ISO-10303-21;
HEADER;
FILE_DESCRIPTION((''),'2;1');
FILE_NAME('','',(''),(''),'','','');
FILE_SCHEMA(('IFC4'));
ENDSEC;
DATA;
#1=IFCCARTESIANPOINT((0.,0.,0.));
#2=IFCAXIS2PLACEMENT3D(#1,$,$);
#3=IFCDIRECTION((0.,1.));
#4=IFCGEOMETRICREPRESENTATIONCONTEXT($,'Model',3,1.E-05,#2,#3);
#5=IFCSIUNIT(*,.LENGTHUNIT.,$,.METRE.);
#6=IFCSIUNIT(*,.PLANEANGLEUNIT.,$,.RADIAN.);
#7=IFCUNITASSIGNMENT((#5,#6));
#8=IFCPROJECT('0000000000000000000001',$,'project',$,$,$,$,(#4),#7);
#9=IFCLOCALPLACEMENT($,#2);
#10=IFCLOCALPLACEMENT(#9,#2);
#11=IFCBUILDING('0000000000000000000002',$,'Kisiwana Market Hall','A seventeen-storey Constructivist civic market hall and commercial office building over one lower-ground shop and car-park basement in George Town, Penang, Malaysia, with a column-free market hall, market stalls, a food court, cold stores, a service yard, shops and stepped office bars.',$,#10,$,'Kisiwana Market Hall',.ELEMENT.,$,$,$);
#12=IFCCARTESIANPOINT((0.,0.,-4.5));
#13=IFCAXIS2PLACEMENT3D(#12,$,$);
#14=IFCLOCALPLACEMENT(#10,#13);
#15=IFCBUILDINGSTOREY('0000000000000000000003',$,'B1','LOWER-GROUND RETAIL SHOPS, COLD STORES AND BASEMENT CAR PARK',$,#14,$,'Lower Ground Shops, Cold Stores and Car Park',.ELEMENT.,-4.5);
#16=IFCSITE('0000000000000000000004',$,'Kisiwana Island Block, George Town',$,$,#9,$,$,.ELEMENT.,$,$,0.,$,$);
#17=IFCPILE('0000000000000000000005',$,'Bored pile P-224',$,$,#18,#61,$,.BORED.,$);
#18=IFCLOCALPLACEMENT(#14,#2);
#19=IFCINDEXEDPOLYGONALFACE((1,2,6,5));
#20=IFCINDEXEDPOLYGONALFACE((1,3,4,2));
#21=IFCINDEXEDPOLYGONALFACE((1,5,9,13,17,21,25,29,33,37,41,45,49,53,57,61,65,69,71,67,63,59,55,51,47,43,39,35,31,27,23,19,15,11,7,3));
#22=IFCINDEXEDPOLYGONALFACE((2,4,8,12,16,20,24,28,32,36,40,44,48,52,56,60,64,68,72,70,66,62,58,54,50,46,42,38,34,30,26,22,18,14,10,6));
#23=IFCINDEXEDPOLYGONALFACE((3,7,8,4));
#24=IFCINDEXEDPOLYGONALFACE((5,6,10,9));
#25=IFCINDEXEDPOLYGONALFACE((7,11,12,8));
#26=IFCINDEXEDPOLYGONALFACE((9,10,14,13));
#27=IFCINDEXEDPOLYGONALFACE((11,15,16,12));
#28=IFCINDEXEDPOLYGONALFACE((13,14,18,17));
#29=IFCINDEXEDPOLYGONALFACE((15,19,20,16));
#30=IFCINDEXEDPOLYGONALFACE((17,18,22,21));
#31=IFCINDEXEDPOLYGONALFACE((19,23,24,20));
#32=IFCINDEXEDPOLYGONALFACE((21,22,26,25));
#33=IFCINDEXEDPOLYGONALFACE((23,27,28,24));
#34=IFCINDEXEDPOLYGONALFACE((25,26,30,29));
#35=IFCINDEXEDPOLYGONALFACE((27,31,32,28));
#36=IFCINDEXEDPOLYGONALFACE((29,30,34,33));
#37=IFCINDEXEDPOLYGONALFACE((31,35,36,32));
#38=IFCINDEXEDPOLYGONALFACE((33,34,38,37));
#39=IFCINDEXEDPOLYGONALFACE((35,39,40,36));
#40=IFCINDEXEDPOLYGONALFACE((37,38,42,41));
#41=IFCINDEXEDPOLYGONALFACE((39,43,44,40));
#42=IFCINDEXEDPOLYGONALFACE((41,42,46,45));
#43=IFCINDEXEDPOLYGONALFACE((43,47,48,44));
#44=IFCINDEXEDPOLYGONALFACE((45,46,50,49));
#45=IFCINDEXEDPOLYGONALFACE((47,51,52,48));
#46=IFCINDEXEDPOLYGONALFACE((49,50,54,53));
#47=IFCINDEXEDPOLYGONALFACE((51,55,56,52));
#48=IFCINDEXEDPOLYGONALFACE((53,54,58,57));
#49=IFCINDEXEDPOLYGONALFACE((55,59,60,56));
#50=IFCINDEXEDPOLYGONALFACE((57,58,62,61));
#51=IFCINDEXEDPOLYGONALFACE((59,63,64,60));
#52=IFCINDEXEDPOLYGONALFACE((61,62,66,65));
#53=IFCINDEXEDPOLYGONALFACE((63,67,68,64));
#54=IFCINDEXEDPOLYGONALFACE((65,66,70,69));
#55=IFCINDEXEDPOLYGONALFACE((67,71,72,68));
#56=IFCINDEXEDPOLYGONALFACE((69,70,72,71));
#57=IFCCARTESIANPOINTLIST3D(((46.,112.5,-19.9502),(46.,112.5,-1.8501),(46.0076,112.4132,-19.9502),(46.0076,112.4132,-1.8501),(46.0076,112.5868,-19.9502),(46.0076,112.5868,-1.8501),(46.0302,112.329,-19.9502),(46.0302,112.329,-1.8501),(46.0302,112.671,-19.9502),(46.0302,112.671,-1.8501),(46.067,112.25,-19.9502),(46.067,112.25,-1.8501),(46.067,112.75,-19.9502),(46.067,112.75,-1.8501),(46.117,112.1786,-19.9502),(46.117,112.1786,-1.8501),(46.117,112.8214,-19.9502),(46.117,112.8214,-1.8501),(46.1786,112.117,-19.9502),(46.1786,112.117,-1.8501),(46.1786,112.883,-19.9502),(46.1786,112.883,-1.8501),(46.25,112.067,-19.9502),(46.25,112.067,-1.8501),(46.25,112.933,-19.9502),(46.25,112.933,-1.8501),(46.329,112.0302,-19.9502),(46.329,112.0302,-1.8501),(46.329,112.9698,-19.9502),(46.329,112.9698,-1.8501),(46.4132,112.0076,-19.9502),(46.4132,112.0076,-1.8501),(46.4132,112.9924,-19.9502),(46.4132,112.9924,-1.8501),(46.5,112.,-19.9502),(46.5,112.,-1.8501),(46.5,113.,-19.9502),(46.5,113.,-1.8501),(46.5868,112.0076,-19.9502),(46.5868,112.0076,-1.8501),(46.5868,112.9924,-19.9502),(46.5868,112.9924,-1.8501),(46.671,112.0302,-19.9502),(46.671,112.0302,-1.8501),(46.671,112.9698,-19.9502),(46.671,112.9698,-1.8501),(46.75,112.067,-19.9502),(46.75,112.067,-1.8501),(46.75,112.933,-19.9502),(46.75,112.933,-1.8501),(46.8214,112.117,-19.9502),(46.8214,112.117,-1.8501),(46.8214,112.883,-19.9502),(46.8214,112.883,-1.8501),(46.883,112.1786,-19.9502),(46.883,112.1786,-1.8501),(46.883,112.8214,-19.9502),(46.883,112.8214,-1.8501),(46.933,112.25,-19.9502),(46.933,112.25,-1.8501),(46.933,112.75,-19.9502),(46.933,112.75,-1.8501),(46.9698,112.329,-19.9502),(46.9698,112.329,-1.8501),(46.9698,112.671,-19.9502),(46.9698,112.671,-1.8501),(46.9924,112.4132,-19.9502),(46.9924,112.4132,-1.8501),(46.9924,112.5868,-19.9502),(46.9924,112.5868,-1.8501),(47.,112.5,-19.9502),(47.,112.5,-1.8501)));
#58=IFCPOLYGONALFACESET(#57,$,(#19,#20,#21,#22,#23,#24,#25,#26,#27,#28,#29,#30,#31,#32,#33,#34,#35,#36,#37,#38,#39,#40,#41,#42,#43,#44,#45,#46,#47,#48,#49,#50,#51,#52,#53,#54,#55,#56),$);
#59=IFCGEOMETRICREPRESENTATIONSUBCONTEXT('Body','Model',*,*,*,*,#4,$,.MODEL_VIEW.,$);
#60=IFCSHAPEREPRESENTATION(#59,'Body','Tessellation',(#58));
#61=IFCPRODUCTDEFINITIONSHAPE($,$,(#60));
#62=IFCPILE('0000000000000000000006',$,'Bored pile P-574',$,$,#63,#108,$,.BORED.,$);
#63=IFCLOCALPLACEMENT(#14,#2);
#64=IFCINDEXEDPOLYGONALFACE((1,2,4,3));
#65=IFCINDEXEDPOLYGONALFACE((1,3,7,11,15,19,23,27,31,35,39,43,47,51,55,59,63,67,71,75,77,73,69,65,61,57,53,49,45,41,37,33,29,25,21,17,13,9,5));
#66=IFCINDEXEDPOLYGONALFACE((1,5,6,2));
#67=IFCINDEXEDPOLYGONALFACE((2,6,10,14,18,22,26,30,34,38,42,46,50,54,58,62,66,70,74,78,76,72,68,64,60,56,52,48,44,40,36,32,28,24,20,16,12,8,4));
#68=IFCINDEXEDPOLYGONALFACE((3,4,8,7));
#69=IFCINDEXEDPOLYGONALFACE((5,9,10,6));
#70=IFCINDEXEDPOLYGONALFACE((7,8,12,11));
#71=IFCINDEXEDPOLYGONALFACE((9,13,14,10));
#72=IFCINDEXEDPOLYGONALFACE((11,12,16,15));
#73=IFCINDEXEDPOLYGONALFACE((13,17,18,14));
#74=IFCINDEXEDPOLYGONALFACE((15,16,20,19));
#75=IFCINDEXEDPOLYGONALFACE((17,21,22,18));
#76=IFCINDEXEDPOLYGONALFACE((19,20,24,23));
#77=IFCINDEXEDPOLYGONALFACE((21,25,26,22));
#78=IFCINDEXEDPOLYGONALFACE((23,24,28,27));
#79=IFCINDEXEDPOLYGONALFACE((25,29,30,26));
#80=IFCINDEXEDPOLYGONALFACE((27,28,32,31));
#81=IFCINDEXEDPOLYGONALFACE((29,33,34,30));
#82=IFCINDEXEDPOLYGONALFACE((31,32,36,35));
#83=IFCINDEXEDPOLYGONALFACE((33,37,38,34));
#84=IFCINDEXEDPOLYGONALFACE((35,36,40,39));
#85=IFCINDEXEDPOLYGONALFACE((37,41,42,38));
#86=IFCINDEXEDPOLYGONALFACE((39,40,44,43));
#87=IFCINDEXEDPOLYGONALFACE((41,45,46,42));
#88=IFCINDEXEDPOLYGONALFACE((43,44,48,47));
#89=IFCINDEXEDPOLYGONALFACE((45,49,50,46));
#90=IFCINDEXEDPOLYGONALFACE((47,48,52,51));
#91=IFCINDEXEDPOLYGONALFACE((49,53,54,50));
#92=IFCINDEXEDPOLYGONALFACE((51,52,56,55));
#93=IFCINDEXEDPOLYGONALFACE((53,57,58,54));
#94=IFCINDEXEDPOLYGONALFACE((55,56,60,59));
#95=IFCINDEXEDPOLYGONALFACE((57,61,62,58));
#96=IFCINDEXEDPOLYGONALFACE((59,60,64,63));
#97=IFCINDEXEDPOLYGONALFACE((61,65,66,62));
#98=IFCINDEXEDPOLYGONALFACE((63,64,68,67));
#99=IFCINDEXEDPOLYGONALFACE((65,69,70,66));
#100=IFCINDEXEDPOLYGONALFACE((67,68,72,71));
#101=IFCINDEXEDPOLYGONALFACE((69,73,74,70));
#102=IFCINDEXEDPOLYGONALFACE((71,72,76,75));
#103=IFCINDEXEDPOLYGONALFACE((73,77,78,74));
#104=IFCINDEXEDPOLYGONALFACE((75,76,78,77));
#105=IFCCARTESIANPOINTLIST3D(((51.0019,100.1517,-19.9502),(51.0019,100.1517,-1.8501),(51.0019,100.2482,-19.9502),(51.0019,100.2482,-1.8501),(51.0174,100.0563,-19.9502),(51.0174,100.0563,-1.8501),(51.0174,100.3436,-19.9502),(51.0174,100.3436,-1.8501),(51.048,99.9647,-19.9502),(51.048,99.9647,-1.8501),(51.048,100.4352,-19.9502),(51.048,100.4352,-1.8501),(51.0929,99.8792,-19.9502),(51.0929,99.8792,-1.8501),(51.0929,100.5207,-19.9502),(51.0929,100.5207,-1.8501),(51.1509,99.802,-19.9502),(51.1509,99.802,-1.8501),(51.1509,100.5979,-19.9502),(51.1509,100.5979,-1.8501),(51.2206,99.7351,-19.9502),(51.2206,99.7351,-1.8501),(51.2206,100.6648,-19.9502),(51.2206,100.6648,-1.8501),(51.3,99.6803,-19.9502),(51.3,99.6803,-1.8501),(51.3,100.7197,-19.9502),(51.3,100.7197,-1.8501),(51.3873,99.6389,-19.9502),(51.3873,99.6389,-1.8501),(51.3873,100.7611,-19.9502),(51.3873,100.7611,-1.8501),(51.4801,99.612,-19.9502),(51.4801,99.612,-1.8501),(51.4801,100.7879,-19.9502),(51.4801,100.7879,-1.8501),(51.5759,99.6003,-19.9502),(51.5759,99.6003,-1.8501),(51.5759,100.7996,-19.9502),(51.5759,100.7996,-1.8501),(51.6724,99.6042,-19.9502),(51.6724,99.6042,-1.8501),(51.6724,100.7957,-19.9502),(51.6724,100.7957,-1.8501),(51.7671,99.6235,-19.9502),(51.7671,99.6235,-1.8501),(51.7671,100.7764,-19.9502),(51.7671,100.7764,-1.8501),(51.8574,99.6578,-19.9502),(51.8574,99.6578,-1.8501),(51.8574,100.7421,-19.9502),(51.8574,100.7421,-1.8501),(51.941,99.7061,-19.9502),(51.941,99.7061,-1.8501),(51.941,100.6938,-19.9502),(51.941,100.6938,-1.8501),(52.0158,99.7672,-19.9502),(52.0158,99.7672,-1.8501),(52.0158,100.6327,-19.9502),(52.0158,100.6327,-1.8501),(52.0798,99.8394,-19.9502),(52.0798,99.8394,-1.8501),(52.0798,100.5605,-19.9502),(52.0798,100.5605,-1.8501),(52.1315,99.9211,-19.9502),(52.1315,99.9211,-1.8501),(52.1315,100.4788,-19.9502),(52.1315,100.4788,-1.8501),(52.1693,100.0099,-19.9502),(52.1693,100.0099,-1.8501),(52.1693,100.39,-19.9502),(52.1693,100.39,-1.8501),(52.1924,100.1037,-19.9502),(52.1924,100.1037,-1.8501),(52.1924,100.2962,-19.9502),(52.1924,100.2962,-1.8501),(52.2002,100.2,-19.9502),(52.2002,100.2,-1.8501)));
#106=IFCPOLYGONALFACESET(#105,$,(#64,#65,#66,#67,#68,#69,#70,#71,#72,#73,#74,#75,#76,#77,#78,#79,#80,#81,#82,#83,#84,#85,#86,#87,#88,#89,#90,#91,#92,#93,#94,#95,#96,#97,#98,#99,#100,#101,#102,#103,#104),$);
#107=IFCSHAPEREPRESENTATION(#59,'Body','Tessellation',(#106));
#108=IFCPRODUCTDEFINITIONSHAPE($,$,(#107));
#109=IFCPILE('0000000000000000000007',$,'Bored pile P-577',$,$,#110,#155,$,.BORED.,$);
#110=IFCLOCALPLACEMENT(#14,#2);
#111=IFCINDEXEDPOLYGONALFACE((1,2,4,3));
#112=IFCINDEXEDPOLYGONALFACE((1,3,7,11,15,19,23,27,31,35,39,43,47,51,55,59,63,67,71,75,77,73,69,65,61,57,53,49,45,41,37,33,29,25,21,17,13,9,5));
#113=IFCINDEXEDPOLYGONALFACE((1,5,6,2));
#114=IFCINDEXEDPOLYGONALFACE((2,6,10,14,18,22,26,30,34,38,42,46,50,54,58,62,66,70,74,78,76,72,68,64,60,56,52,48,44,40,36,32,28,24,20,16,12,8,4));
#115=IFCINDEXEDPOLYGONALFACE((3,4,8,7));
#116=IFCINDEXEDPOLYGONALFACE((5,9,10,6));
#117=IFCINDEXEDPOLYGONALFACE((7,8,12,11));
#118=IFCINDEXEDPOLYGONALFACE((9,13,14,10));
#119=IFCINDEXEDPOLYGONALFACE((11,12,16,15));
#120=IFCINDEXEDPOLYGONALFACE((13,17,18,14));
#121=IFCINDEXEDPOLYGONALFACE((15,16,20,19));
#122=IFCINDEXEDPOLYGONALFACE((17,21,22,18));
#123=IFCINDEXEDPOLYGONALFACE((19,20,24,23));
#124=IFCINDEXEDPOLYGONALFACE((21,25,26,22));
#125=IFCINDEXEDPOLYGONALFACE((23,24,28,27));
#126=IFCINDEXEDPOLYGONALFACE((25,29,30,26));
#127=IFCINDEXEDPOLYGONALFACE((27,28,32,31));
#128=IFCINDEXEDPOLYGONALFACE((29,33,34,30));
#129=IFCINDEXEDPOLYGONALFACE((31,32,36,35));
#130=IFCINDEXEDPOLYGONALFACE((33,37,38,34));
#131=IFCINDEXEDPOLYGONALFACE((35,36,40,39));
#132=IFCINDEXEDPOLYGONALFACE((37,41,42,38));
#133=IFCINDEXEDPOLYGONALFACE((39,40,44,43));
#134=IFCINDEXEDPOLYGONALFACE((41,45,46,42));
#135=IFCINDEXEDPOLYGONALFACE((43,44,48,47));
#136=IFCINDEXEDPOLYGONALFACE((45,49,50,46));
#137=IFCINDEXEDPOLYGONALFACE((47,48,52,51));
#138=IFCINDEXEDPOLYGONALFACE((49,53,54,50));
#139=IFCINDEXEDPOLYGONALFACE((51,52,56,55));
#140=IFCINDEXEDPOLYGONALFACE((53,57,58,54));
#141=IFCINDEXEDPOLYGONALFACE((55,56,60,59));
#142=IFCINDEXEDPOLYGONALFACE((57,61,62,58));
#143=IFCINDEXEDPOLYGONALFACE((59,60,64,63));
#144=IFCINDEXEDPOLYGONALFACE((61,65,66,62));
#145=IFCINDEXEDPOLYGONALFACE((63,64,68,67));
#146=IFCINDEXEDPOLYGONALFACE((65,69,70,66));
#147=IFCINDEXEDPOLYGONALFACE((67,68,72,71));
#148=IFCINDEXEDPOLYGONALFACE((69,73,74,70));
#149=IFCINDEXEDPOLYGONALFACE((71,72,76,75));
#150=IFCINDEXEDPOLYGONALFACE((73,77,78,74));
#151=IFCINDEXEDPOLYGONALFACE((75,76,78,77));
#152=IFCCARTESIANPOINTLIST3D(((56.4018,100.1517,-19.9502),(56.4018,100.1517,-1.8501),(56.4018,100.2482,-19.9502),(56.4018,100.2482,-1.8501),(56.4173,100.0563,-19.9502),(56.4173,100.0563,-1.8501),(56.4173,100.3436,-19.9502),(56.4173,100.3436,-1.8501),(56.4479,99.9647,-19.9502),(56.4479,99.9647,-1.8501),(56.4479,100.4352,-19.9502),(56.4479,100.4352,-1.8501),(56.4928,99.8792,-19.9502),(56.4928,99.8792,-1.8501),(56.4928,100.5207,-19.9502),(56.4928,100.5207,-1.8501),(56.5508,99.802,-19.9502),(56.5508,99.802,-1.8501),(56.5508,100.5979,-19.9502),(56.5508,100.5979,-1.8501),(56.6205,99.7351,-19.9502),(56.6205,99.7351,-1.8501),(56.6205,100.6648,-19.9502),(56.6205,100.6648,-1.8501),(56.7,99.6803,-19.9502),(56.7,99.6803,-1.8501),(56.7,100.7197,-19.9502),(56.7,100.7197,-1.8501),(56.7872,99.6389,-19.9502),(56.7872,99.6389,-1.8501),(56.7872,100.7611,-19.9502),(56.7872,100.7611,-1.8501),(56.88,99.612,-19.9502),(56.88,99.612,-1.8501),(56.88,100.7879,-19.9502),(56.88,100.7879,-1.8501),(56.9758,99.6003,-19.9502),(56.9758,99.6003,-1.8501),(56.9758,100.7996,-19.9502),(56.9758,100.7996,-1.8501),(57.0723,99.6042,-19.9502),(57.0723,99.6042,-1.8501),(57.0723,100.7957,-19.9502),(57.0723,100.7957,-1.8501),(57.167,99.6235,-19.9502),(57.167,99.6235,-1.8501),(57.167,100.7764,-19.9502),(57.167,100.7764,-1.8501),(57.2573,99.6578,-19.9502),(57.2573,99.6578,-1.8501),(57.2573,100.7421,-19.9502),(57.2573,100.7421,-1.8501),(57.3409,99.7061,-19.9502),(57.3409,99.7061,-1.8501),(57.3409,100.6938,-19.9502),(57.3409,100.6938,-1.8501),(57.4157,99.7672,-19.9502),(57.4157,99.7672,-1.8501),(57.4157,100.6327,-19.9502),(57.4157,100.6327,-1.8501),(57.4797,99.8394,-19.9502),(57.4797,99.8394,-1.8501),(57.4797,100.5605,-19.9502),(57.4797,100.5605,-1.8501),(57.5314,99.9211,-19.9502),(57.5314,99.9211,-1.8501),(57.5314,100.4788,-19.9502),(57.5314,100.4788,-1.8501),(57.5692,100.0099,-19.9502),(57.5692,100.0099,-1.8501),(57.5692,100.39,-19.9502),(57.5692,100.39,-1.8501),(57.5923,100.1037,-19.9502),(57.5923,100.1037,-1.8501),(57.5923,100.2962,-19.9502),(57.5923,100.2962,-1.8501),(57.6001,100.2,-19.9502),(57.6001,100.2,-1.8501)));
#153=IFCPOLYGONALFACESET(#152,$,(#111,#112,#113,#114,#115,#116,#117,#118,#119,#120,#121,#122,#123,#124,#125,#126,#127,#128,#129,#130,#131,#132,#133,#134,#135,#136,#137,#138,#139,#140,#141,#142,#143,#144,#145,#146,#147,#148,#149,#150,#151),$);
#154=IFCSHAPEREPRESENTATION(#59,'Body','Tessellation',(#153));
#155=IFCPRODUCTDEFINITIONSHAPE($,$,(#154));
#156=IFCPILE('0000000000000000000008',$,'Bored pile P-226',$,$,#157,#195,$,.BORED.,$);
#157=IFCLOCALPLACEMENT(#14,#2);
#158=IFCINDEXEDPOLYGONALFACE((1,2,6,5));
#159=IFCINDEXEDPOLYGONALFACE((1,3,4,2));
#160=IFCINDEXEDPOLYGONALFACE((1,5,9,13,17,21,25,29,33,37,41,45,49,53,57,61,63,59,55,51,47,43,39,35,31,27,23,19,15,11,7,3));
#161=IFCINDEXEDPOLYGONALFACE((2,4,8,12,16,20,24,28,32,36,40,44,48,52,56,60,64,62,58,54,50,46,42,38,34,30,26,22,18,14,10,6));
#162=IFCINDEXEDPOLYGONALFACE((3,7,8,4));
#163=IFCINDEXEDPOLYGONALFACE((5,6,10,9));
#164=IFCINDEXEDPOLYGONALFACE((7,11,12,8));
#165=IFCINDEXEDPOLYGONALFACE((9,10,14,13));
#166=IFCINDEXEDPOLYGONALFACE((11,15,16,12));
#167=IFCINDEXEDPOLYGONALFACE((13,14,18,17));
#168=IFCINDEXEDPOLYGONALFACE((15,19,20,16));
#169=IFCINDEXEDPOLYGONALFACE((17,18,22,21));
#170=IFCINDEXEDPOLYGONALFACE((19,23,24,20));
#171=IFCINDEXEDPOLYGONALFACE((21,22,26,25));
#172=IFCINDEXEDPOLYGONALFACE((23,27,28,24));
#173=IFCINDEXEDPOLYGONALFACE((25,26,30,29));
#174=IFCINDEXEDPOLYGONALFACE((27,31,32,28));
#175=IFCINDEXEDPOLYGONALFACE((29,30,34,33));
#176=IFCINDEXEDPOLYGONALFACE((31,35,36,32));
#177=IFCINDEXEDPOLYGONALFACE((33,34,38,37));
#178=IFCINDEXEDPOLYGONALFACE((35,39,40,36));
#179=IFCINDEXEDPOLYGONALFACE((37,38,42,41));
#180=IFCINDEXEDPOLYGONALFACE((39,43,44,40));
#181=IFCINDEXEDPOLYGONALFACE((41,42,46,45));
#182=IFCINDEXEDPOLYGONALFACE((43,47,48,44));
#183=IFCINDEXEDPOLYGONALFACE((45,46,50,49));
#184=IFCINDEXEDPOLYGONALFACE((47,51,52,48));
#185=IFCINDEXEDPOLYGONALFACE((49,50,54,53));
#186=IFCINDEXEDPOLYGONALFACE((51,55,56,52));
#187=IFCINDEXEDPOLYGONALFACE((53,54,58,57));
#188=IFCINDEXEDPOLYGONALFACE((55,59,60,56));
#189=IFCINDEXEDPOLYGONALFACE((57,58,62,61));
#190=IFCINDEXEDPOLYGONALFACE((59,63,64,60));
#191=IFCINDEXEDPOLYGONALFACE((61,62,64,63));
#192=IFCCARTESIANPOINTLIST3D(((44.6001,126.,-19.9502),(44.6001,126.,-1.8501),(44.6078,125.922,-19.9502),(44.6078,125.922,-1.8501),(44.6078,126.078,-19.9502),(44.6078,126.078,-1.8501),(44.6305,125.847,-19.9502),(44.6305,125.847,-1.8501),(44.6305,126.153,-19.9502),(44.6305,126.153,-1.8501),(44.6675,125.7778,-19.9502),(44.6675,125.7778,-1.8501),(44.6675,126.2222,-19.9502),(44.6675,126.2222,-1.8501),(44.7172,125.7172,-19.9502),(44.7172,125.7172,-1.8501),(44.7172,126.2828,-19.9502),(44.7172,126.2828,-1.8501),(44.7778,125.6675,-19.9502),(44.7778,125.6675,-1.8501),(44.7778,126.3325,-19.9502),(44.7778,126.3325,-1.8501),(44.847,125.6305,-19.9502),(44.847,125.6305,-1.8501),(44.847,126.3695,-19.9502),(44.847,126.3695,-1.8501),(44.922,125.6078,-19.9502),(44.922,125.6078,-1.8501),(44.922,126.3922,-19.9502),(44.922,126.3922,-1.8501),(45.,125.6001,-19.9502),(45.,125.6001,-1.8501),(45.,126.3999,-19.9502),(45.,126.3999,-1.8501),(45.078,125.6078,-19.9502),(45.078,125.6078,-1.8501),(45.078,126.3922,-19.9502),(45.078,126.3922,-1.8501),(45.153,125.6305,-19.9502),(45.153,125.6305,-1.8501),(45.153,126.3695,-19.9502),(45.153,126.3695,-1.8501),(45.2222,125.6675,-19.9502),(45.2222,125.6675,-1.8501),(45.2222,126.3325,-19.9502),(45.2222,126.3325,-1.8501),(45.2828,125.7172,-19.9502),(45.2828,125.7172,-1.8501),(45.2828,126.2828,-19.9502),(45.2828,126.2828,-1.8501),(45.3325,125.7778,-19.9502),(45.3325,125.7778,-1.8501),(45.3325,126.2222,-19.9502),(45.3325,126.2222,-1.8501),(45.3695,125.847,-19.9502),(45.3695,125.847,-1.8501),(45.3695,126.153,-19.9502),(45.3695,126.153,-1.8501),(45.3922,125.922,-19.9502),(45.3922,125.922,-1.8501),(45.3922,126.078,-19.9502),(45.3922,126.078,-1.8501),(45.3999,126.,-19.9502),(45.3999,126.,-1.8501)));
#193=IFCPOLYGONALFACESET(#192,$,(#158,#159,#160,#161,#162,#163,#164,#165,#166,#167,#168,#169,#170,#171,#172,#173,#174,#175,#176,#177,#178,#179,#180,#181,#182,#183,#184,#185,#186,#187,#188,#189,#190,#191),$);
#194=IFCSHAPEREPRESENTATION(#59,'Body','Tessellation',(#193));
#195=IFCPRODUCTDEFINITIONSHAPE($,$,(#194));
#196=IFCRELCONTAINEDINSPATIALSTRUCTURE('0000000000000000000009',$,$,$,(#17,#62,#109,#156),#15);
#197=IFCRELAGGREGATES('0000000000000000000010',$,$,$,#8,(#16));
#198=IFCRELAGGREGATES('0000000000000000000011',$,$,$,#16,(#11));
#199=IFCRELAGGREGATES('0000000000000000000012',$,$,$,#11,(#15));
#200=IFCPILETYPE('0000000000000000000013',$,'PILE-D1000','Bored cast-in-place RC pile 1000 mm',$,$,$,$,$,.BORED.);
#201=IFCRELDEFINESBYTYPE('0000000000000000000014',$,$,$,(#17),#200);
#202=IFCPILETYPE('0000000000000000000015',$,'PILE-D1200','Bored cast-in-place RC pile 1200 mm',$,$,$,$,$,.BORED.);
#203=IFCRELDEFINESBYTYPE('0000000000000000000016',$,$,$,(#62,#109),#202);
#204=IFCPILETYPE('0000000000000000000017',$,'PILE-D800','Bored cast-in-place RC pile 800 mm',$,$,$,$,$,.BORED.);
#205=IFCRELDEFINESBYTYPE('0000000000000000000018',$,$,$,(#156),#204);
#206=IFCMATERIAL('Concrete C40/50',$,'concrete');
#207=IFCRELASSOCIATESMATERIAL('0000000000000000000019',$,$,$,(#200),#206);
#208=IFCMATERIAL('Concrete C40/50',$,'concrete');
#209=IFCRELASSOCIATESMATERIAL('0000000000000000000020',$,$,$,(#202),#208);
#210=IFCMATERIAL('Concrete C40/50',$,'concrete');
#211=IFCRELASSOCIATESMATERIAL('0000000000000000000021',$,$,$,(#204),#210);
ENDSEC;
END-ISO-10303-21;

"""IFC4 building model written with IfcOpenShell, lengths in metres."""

from ifc_helpers import new_model, si_unit, direction, frame, origin, origin_2d, place, context, subcontext, project, spatial, circle, extrude, material, material_profile, profile_set, type_object, element, save


model = new_model("IFC4")

# Units and contexts
model_context = context("Model", 3, precision=1e-05, world=origin(), true_north=direction((0.0, 1.0)))
body_context = subcontext(model_context, "Body", "Model", "MODEL_VIEW")
ifc_project = project(units=[si_unit("LENGTHUNIT", "METRE"), si_unit("PLANEANGLEUNIT", "RADIAN")], contexts=[model_context])

# Site, building, storey
site_placement = place(None, origin())
site = spatial("IfcSite", under=ifc_project, at=site_placement, Name="Kisiwana Island Block, George Town", CompositionType="ELEMENT", RefElevation=0.0)
building_placement = place(site_placement, origin())
building = spatial("IfcBuilding", under=site, at=building_placement, Name="Kisiwana Market Hall", Description="A seventeen-storey Constructivist civic market hall and commercial office building over one lower-ground shop and car-park basement in George Town, Penang, Malaysia, with a column-free market hall, market stalls, a food court, cold stores, a service yard, shops and stepped office bars.", LongName="Kisiwana Market Hall", CompositionType="ELEMENT")
storey_placement = place(building_placement, frame((0.0, 0.0, -4.5)))
storey = spatial("IfcBuildingStorey", under=building, at=storey_placement, Name="B1", Description="LOWER-GROUND RETAIL SHOPS, COLD STORES AND BASEMENT CAR PARK", LongName="Lower Ground Shops, Cold Stores and Car Park", CompositionType="ELEMENT", Elevation=-4.5)

# Piles
ifc_material_1 = material(Name="Concrete C40/50", Category="concrete")
ifc_material_profile_1 = material_profile(ifc_material_1, circle(Radius=0.5, at=origin_2d()), Name="BP D1000")
ifc_profile_set_1 = profile_set([ifc_material_profile_1], Name="Concrete C40/50")
pile_type_1 = type_object("IfcPileType", Name="PILE-D1000", Description="Bored cast-in-place RC pile 1000 mm", PredefinedType="BORED", material=ifc_profile_set_1)
for number, where, z_axis, x_axis, name in (
    (1, (46.5, 112.5, -1.8501), (0.0, 0.0, -1.0), (1.0, 0.0, 0.0), "Bored pile P-224"),
):
    element("IfcPile", number, at=place(storey_placement, frame(where, z_axis=z_axis, x_axis=x_axis)), inside=storey, type_object=pile_type_1, Name=name, PredefinedType="BORED", context=body_context, shape_type="SweptSolid", body=[
        extrude(circle(Radius=0.5, at=origin_2d()), origin(), (0.0, 0.0, 1.0), 18.1001),
    ])
ifc_material_2 = material(Name="Concrete C40/50", Category="concrete")
ifc_material_profile_2 = material_profile(ifc_material_2, circle(Radius=0.6001, at=origin_2d()), Name="BP D1200")
ifc_profile_set_2 = profile_set([ifc_material_profile_2], Name="Concrete C40/50")
pile_type_2 = type_object("IfcPileType", Name="PILE-D1200", Description="Bored cast-in-place RC pile 1200 mm", PredefinedType="BORED", material=ifc_profile_set_2)
for number, where, z_axis, x_axis, name in (
    (2, (51.6001, 100.2, -1.8501), (0.0, 0.0, -1.0), (1.0, 0.0, 0.0), "Bored pile P-574"),
    (3, (57.0, 100.2, -1.8501), (0.0, 0.0, -1.0), (1.0, 0.0, 0.0), "Bored pile P-577"),
):
    element("IfcPile", number, at=place(storey_placement, frame(where, z_axis=z_axis, x_axis=x_axis)), inside=storey, type_object=pile_type_2, Name=name, PredefinedType="BORED", context=body_context, shape_type="SweptSolid", body=[
        extrude(circle(Radius=0.6001, at=origin_2d()), origin(), (0.0, 0.0, 1.0), 18.1001),
    ])
ifc_material_3 = material(Name="Concrete C40/50", Category="concrete")
ifc_material_profile_3 = material_profile(ifc_material_3, circle(Radius=0.3999, at=origin_2d()), Name="BP D800")
ifc_profile_set_3 = profile_set([ifc_material_profile_3], Name="Concrete C40/50")
pile_type_3 = type_object("IfcPileType", Name="PILE-D800", Description="Bored cast-in-place RC pile 800 mm", PredefinedType="BORED", material=ifc_profile_set_3)
for number, where, z_axis, x_axis, name in (
    (4, (45.0, 126.0, -1.8501), (0.0, 0.0, -1.0), (1.0, 0.0, 0.0), "Bored pile P-226"),
):
    element("IfcPile", number, at=place(storey_placement, frame(where, z_axis=z_axis, x_axis=x_axis)), inside=storey, type_object=pile_type_3, Name=name, PredefinedType="BORED", context=body_context, shape_type="SweptSolid", body=[
        extrude(circle(Radius=0.3999, at=origin_2d()), origin(), (0.0, 0.0, 1.0), 18.1001),
    ])

save(model, "model.ifc")
